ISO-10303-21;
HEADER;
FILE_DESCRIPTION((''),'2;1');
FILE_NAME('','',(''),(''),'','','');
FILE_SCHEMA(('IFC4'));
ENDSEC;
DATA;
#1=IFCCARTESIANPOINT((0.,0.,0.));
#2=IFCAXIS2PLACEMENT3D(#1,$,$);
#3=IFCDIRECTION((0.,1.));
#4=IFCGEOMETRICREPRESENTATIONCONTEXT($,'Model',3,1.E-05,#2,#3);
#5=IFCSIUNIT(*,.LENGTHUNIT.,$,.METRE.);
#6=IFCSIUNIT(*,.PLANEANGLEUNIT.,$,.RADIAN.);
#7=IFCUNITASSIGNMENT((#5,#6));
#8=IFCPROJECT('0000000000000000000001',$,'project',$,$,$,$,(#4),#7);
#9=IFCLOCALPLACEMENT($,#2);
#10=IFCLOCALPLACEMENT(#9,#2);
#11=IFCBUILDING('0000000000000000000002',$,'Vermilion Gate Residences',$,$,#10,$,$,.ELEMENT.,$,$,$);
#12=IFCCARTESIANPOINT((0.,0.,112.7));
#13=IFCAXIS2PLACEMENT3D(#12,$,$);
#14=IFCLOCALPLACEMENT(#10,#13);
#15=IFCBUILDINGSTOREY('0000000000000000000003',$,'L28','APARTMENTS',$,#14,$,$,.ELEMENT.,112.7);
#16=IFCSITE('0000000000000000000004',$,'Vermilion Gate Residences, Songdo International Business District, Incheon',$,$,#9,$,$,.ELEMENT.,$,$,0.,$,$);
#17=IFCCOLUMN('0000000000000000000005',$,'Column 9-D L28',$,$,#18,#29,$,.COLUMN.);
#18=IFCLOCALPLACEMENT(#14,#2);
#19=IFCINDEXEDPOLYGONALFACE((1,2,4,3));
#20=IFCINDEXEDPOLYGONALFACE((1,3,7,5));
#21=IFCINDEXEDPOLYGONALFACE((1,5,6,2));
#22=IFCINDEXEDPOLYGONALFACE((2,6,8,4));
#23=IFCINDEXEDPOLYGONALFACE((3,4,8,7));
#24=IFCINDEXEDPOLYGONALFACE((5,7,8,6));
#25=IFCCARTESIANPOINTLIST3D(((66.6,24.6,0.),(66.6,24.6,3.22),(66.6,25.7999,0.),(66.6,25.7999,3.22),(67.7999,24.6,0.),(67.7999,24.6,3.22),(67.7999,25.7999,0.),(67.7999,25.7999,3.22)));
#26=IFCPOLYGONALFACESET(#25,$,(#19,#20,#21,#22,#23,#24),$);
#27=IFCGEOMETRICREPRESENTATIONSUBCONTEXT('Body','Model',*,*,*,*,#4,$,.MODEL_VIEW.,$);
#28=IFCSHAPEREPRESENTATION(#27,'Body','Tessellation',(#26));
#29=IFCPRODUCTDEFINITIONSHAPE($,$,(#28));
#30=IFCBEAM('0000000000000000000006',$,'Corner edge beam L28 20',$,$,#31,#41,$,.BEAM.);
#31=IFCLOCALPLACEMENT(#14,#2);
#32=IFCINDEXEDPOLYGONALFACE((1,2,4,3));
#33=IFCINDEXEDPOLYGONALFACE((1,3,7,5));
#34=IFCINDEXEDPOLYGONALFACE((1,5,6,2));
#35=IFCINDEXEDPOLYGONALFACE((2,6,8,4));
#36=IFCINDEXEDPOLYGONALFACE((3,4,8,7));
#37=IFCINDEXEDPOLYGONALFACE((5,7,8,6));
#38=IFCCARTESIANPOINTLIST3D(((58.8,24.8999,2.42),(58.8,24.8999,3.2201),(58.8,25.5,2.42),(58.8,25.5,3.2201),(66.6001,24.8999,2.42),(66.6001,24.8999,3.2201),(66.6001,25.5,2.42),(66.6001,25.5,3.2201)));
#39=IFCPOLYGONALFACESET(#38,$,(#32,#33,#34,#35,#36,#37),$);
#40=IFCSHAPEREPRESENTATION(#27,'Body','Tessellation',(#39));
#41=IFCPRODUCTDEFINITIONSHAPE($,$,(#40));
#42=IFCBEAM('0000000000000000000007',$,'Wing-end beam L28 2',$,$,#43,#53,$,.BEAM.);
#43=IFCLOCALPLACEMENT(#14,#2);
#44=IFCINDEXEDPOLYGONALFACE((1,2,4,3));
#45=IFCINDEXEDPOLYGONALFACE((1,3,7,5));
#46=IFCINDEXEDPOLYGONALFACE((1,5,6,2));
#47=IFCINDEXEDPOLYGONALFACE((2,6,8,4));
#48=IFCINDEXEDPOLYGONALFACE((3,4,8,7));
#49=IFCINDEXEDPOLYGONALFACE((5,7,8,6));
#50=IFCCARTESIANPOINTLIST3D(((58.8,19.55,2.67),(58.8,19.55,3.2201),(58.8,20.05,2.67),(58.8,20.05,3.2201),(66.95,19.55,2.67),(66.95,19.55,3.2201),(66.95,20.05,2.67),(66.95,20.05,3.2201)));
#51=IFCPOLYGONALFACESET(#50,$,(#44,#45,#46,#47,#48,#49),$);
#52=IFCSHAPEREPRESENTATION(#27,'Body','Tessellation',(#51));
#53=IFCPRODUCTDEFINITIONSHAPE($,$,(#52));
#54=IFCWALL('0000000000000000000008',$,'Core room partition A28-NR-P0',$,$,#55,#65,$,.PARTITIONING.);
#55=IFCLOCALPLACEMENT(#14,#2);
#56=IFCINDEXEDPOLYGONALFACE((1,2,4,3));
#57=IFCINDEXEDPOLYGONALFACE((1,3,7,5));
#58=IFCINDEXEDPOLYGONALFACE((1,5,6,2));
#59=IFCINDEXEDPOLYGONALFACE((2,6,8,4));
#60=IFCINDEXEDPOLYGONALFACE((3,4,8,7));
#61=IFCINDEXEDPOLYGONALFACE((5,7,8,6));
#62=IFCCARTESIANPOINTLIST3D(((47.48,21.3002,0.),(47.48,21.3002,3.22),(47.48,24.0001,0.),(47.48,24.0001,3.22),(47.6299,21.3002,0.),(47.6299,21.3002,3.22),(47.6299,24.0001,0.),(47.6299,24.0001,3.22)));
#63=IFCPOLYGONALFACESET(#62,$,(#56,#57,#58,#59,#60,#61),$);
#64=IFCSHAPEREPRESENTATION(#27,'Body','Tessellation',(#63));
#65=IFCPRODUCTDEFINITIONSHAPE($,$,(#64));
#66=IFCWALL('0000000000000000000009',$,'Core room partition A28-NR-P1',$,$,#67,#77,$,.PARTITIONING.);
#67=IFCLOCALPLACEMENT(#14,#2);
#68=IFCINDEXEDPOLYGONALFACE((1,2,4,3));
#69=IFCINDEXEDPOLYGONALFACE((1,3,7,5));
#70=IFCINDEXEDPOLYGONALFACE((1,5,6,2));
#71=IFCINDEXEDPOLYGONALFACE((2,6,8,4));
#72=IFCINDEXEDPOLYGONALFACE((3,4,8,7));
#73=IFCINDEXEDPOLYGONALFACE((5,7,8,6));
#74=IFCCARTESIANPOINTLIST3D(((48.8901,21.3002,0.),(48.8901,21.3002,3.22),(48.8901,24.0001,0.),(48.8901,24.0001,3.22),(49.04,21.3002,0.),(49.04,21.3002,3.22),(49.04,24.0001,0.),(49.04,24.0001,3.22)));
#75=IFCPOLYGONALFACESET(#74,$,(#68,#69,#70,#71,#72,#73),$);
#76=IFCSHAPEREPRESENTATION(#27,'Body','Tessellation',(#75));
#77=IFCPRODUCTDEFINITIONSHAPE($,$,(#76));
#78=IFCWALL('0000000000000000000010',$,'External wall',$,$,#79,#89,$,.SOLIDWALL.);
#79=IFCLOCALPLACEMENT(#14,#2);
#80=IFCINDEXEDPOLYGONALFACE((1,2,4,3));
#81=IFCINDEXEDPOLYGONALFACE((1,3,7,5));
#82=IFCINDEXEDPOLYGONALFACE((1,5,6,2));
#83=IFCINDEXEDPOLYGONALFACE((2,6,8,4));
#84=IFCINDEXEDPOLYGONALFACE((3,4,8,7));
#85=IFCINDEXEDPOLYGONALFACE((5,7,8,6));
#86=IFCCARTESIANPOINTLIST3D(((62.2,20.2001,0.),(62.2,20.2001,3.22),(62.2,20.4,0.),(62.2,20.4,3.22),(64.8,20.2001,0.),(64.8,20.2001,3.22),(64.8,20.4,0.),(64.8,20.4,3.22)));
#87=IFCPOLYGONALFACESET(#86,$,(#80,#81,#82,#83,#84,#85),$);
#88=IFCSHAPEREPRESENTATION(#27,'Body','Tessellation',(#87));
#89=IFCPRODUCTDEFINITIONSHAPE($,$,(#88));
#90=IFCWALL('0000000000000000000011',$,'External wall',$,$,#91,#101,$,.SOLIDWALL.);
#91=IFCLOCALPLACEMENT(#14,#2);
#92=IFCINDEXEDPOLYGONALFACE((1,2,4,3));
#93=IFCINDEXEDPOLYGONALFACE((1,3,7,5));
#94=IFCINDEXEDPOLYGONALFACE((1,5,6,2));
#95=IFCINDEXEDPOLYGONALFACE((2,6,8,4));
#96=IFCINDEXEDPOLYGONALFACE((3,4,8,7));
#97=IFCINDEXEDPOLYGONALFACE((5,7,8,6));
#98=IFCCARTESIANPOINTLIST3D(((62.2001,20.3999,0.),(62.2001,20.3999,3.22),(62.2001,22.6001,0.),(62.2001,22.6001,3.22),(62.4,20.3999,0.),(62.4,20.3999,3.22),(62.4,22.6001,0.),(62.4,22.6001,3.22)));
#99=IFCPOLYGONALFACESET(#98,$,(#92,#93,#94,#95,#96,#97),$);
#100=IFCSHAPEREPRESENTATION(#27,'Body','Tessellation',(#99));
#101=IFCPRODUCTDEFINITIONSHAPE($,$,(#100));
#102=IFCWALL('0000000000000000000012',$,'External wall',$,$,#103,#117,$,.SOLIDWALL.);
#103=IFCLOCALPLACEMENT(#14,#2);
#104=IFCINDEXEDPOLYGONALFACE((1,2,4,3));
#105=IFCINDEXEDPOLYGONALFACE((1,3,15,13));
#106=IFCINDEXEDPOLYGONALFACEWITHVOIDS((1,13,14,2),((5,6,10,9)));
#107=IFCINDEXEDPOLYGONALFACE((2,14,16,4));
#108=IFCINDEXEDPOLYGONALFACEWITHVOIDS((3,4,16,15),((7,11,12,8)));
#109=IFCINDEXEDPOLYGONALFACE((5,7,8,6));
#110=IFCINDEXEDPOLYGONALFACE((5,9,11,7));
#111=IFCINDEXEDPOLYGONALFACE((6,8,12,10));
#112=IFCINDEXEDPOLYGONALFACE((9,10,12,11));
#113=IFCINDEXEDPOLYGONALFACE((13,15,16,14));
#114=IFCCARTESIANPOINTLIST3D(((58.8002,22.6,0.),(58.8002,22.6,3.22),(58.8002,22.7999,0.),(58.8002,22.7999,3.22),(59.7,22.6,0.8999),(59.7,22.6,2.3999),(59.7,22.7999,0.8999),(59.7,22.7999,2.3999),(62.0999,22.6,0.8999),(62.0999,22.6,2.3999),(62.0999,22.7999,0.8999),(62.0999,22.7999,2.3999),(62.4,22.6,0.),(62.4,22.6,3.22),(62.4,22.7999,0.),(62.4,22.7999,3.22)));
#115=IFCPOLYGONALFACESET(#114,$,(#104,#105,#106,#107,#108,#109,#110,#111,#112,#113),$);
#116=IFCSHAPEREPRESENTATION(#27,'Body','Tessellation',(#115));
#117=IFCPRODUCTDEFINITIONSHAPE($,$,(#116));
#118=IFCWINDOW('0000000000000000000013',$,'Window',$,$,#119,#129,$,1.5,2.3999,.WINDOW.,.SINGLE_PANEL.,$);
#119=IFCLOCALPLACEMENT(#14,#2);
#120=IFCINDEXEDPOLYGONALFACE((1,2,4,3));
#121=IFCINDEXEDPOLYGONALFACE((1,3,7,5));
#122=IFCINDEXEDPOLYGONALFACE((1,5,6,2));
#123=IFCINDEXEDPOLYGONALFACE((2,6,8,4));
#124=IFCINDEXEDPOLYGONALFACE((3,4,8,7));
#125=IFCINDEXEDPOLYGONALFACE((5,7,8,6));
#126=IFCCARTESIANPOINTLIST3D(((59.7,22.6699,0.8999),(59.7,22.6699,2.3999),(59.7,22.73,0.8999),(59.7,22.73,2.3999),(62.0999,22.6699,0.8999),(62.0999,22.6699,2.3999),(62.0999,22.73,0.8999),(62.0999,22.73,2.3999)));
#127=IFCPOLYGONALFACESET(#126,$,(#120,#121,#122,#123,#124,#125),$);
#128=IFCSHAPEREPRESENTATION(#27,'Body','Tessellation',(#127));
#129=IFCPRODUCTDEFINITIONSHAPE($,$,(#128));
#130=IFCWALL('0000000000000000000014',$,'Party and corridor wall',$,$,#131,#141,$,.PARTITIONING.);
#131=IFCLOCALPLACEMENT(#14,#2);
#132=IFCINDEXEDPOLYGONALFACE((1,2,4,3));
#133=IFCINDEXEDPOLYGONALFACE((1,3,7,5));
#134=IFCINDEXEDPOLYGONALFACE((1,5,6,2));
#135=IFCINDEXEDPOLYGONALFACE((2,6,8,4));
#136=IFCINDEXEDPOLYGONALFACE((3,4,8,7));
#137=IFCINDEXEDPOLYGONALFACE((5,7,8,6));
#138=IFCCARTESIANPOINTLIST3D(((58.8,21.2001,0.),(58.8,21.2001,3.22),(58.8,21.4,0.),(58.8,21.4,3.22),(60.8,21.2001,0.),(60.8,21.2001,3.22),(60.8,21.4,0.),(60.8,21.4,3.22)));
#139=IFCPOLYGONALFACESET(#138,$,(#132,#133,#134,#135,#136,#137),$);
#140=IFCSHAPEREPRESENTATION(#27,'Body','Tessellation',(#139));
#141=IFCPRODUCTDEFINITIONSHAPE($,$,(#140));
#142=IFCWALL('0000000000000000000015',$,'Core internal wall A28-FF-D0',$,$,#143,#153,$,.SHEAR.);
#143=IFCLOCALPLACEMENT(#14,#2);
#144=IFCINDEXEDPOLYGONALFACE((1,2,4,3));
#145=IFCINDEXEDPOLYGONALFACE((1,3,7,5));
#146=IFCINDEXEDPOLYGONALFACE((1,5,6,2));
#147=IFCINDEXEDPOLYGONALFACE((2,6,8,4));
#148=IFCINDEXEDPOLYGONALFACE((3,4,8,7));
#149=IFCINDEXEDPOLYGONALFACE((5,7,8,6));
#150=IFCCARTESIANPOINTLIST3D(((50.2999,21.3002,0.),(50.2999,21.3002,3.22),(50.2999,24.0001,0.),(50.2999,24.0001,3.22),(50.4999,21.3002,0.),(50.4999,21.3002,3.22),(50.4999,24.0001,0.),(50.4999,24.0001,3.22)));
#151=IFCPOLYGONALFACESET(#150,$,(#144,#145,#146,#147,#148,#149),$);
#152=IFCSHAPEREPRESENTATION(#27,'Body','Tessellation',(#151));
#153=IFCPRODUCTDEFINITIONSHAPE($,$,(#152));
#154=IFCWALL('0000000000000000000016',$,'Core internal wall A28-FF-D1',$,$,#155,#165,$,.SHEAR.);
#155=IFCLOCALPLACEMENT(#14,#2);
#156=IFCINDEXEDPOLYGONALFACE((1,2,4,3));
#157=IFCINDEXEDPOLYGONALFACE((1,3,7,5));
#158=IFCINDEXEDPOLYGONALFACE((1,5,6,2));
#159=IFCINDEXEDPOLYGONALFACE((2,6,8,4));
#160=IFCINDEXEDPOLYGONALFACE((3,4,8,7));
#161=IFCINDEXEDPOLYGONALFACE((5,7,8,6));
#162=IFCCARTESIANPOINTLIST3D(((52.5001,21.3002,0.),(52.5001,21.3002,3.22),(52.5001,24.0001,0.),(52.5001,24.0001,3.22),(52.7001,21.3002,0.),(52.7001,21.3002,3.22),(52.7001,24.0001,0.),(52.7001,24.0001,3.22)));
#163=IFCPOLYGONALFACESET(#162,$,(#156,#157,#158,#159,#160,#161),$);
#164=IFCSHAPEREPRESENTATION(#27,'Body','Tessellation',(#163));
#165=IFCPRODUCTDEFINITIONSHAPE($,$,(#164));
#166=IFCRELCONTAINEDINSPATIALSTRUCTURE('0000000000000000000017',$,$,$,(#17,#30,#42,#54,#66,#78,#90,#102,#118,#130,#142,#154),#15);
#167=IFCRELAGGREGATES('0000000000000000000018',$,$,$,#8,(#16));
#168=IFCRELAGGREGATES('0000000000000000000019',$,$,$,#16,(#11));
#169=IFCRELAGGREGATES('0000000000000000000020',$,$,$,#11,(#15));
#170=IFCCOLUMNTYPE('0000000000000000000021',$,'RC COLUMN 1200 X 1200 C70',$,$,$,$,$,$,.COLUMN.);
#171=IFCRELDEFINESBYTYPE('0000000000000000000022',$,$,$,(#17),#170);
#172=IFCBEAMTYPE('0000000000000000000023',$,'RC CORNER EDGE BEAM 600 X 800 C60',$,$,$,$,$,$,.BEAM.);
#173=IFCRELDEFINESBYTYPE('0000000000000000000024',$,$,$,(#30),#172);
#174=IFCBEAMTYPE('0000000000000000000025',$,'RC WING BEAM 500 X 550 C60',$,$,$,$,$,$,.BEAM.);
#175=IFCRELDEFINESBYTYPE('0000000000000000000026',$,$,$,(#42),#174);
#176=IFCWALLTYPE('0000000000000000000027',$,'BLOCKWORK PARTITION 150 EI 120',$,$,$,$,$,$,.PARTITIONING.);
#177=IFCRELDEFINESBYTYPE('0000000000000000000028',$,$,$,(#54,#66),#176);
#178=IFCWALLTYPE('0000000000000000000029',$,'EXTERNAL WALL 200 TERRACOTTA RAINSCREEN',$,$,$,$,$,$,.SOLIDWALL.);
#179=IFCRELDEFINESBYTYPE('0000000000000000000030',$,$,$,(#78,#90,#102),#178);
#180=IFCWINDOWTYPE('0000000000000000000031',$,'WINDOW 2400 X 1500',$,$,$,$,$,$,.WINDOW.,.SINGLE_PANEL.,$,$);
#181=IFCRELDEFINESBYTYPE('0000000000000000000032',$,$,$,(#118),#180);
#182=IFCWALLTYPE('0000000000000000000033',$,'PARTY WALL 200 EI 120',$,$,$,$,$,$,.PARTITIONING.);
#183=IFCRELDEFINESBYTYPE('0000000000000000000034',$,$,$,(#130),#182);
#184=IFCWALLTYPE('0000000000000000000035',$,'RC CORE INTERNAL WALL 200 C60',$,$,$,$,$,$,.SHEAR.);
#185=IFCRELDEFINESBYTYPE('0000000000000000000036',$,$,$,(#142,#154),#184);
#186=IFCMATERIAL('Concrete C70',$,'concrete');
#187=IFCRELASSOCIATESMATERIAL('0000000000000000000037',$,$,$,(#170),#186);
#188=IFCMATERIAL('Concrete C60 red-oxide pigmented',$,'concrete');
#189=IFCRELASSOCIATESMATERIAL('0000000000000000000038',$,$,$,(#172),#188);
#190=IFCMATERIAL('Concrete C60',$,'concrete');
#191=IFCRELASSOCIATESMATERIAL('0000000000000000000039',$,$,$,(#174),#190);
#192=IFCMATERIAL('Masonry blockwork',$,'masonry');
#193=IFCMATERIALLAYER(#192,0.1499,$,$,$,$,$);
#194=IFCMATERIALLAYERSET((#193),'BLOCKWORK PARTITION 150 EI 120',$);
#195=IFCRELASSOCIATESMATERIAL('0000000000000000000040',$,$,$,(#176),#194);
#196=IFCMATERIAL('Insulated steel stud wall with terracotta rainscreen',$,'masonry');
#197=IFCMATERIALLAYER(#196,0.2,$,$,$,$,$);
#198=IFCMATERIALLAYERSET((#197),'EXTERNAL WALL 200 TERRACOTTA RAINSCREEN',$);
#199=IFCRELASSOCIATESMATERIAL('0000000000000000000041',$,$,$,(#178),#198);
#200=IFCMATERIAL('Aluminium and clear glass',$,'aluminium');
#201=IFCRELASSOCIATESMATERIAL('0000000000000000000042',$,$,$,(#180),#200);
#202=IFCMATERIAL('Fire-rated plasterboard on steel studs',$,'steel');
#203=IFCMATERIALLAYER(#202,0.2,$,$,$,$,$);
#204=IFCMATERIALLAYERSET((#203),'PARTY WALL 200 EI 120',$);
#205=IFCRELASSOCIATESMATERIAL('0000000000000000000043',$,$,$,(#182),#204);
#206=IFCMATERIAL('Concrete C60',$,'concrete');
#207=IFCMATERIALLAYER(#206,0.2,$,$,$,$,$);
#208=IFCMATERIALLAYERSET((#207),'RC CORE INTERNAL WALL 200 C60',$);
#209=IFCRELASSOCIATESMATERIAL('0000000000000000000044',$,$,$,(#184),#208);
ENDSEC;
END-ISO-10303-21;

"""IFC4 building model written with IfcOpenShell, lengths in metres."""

from ifc_helpers import new_model, si_unit, direction, frame, frame_2d, origin, origin_2d, place, context, subcontext, project, spatial, rectangle, extrude, material, layer, layer_set, material_profile, profile_set, type_object, element, fill, save


model = new_model("IFC4")

# Units and contexts
model_context = context("Model", 3, precision=1e-05, world=origin(), true_north=direction((0.0, 1.0)))
body_context = subcontext(model_context, "Body", "Model", "MODEL_VIEW")
ifc_project = project(units=[si_unit("LENGTHUNIT", "METRE"), si_unit("PLANEANGLEUNIT", "RADIAN")], contexts=[model_context])

# Site, building, storey
site_placement = place(None, origin())
site = spatial("IfcSite", under=ifc_project, at=site_placement, Name="Vermilion Gate Residences, Songdo International Business District, Incheon", CompositionType="ELEMENT", RefElevation=0.0)
building_placement = place(site_placement, origin())
building = spatial("IfcBuilding", under=site, at=building_placement, Name="Vermilion Gate Residences", CompositionType="ELEMENT")
storey_placement = place(building_placement, frame((0.0, 0.0, 112.7)))
storey = spatial("IfcBuildingStorey", under=building, at=storey_placement, Name="L28", Description="APARTMENTS", CompositionType="ELEMENT", Elevation=112.7)

# Column
ifc_material_1 = material(Name="Concrete C70", Category="concrete")
ifc_material_profile_1 = material_profile(ifc_material_1, rectangle(XDim=1.2, YDim=1.2, at=origin_2d()), Name="RC-1200x1200")
ifc_profile_set_1 = profile_set([ifc_material_profile_1], Name="Concrete C70")
column_type = type_object("IfcColumnType", Name="RC COLUMN 1200 X 1200 C70", PredefinedType="COLUMN", material=ifc_profile_set_1)
column_placement = place(storey_placement, frame((67.2, 25.2, 0.0), z_axis=(0.0, 0.0, 1.0), x_axis=(1.0, 0.0, 0.0)))
element("IfcColumn", 1, at=column_placement, inside=storey, type_object=column_type, Name="Column 9-D L28", PredefinedType="COLUMN", context=body_context, shape_type="SweptSolid", body=[
    extrude(rectangle(XDim=1.2, YDim=1.2, at=origin_2d()), origin(), (0.0, 0.0, 1.0), 3.22),
])

# Beams
ifc_material_2 = material(Name="Concrete C60 red-oxide pigmented", Category="concrete")
ifc_material_profile_2 = material_profile(ifc_material_2, rectangle(XDim=0.6001, YDim=0.8, at=origin_2d()), Name="RC-600x800")
ifc_profile_set_2 = profile_set([ifc_material_profile_2], Name="Concrete C60 red-oxide pigmented")
beam_type_1 = type_object("IfcBeamType", Name="RC CORNER EDGE BEAM 600 X 800 C60", PredefinedType="BEAM", material=ifc_profile_set_2)
beam_1_placement = place(storey_placement, frame((58.8, 25.2, 2.8201), z_axis=(1.0, 0.0, 0.0), x_axis=(0.0, 1.0, 0.0)))
element("IfcBeam", 2, at=beam_1_placement, inside=storey, type_object=beam_type_1, Name="Corner edge beam L28 20", PredefinedType="BEAM", context=body_context, shape_type="SweptSolid", body=[
    extrude(rectangle(XDim=0.6001, YDim=0.8, at=origin_2d()), origin(), (0.0, 0.0, 1.0), 7.8),
])
ifc_material_3 = material(Name="Concrete C60", Category="concrete")
ifc_material_profile_3 = material_profile(ifc_material_3, rectangle(XDim=0.5, YDim=0.55, at=origin_2d()), Name="RC-500x550")
ifc_profile_set_3 = profile_set([ifc_material_profile_3], Name="Concrete C60")
beam_type_2 = type_object("IfcBeamType", Name="RC WING BEAM 500 X 550 C60", PredefinedType="BEAM", material=ifc_profile_set_3)
beam_2_placement = place(storey_placement, frame((58.8, 19.8, 2.9451), z_axis=(1.0, 0.0, 0.0), x_axis=(0.0, 1.0, 0.0)))
element("IfcBeam", 3, at=beam_2_placement, inside=storey, type_object=beam_type_2, Name="Wing-end beam L28 2", PredefinedType="BEAM", context=body_context, shape_type="SweptSolid", body=[
    extrude(rectangle(XDim=0.5, YDim=0.55, at=origin_2d()), origin(), (0.0, 0.0, 1.0), 8.1499),
])

# Walls
ifc_material_4 = material(Name="Masonry blockwork", Category="masonry")
ifc_layer_1 = layer(ifc_material_4, 0.1499)
ifc_layer_set_1 = layer_set([ifc_layer_1], Name="BLOCKWORK PARTITION 150 EI 120")
wall_type_1 = type_object("IfcWallType", Name="BLOCKWORK PARTITION 150 EI 120", PredefinedType="PARTITIONING", material=ifc_layer_set_1)
for number, where, z_axis, x_axis, name in (
    (4, (47.5549, 21.3, 0.0), (0.0, 0.0, 1.0), (0.0, 1.0, 0.0), "Core room partition A28-NR-P0"),
    (5, (48.9651, 21.3, 0.0), (0.0, 0.0, 1.0), (0.0, 1.0, 0.0), "Core room partition A28-NR-P1"),
):
    element("IfcWall", number, at=place(storey_placement, frame(where, z_axis=z_axis, x_axis=x_axis)), inside=storey, type_object=wall_type_1, Name=name, PredefinedType="PARTITIONING", context=body_context, shape_type="SweptSolid", body=[
        extrude(rectangle(XDim=2.7, YDim=0.1499, at=frame_2d((1.3501, 0.0))), origin(), (0.0, 0.0, 1.0), 3.22),
    ])
ifc_material_5 = material(Name="Insulated steel stud wall with terracotta rainscreen", Category="masonry")
ifc_layer_2 = layer(ifc_material_5, 0.2)
ifc_layer_set_2 = layer_set([ifc_layer_2], Name="EXTERNAL WALL 200 TERRACOTTA RAINSCREEN")
wall_type_2 = type_object("IfcWallType", Name="EXTERNAL WALL 200 TERRACOTTA RAINSCREEN", PredefinedType="SOLIDWALL", material=ifc_layer_set_2)
wall_1_placement = place(storey_placement, frame((64.8, 20.3, 0.0), z_axis=(0.0, 0.0, 1.0), x_axis=(-1.0, 0.0, 0.0)))
element("IfcWall", 6, at=wall_1_placement, inside=storey, type_object=wall_type_2, Name="External wall", PredefinedType="SOLIDWALL", context=body_context, shape_type="SweptSolid", body=[
    extrude(rectangle(XDim=2.6001, YDim=0.2, at=frame_2d((1.3, 0.0))), origin(), (0.0, 0.0, 1.0), 3.22),
])
wall_2_placement = place(storey_placement, frame((62.3, 20.3999, 0.0), z_axis=(0.0, 0.0, 1.0), x_axis=(0.0, 1.0, 0.0)))
element("IfcWall", 7, at=wall_2_placement, inside=storey, type_object=wall_type_2, Name="External wall", PredefinedType="SOLIDWALL", context=body_context, shape_type="SweptSolid", body=[
    extrude(rectangle(XDim=2.2002, YDim=0.2, at=frame_2d((1.1001, 0.0))), origin(), (0.0, 0.0, 1.0), 3.22),
])

# Wall, opening, window
wall_3_placement = place(storey_placement, frame((62.3999, 22.7, 0.0), z_axis=(0.0, 0.0, 1.0), x_axis=(-1.0, 0.0, 0.0)))
wall_3 = element("IfcWall", 8, at=wall_3_placement, inside=storey, type_object=wall_type_2, Name="External wall", PredefinedType="SOLIDWALL", context=body_context, shape_type="SweptSolid", body=[
    extrude(rectangle(XDim=3.5999, YDim=0.2, at=frame_2d((1.7998, 0.0))), origin(), (0.0, 0.0, 1.0), 3.22),
])
opening_1_placement = place(wall_3_placement, frame((0.3, 0.0, 0.8999)))
opening_1 = element("IfcOpeningElement", 9, at=opening_1_placement, cuts=wall_3, PredefinedType="OPENING", context=body_context, shape_type="SweptSolid", body=[
    extrude(rectangle(XDim=2.3999, YDim=1.5, at=frame_2d((1.2, 0.75))), frame((0.0, 0.1099, 0.0), z_axis=(0.0, -1.0, 0.0), x_axis=(1.0, 0.0, 0.0)), (0.0, 0.0, 1.0), 0.22),
])
ifc_material_6 = material(Name="Aluminium and clear glass", Category="aluminium")
window_type = type_object("IfcWindowType", Name="WINDOW 2400 X 1500", PartitioningType="SINGLE_PANEL", PredefinedType="WINDOW", material=ifc_material_6)
window_placement = place(opening_1_placement, origin())
window = element("IfcWindow", 10, at=window_placement, inside=storey, type_object=window_type, Name="Window", OverallHeight=1.5, OverallWidth=2.3999, PartitioningType="SINGLE_PANEL", PredefinedType="WINDOW", context=body_context, shape_type="SweptSolid", body=[
    extrude(rectangle(XDim=2.3999, YDim=1.5, at=frame_2d((1.2, 0.75))), frame((0.0, 0.03, 0.0), z_axis=(0.0, -1.0, 0.0), x_axis=(1.0, 0.0, 0.0)), (0.0, 0.0, 1.0), 0.0601),
])
fill(opening_1, window)

# Walls
ifc_material_7 = material(Name="Fire-rated plasterboard on steel studs", Category="steel")
ifc_layer_3 = layer(ifc_material_7, 0.2)
ifc_layer_set_3 = layer_set([ifc_layer_3], Name="PARTY WALL 200 EI 120")
wall_type_3 = type_object("IfcWallType", Name="PARTY WALL 200 EI 120", PredefinedType="PARTITIONING", material=ifc_layer_set_3)
wall_4_placement = place(storey_placement, frame((58.8, 21.3, 0.0), z_axis=(0.0, 0.0, 1.0), x_axis=(1.0, 0.0, 0.0)))
element("IfcWall", 11, at=wall_4_placement, inside=storey, type_object=wall_type_3, Name="Party and corridor wall", PredefinedType="PARTITIONING", context=body_context, shape_type="SweptSolid", body=[
    extrude(rectangle(XDim=2.0, YDim=0.2, at=frame_2d((1.0, 0.0))), origin(), (0.0, 0.0, 1.0), 3.22),
])
ifc_material_8 = material(Name="Concrete C60", Category="concrete")
ifc_layer_4 = layer(ifc_material_8, 0.2)
ifc_layer_set_4 = layer_set([ifc_layer_4], Name="RC CORE INTERNAL WALL 200 C60")
wall_type_4 = type_object("IfcWallType", Name="RC CORE INTERNAL WALL 200 C60", PredefinedType="SHEAR", material=ifc_layer_set_4)
for number, where, z_axis, x_axis, name in (
    (12, (50.3999, 21.3, 0.0), (0.0, 0.0, 1.0), (0.0, 1.0, 0.0), "Core internal wall A28-FF-D0"),
    (13, (52.6001, 21.3, 0.0), (0.0, 0.0, 1.0), (0.0, 1.0, 0.0), "Core internal wall A28-FF-D1"),
):
    element("IfcWall", number, at=place(storey_placement, frame(where, z_axis=z_axis, x_axis=x_axis)), inside=storey, type_object=wall_type_4, Name=name, PredefinedType="SHEAR", context=body_context, shape_type="SweptSolid", body=[
        extrude(rectangle(XDim=2.7, YDim=0.2, at=frame_2d((1.3501, 0.0))), origin(), (0.0, 0.0, 1.0), 3.22),
    ])

save(model, "model.ifc")
